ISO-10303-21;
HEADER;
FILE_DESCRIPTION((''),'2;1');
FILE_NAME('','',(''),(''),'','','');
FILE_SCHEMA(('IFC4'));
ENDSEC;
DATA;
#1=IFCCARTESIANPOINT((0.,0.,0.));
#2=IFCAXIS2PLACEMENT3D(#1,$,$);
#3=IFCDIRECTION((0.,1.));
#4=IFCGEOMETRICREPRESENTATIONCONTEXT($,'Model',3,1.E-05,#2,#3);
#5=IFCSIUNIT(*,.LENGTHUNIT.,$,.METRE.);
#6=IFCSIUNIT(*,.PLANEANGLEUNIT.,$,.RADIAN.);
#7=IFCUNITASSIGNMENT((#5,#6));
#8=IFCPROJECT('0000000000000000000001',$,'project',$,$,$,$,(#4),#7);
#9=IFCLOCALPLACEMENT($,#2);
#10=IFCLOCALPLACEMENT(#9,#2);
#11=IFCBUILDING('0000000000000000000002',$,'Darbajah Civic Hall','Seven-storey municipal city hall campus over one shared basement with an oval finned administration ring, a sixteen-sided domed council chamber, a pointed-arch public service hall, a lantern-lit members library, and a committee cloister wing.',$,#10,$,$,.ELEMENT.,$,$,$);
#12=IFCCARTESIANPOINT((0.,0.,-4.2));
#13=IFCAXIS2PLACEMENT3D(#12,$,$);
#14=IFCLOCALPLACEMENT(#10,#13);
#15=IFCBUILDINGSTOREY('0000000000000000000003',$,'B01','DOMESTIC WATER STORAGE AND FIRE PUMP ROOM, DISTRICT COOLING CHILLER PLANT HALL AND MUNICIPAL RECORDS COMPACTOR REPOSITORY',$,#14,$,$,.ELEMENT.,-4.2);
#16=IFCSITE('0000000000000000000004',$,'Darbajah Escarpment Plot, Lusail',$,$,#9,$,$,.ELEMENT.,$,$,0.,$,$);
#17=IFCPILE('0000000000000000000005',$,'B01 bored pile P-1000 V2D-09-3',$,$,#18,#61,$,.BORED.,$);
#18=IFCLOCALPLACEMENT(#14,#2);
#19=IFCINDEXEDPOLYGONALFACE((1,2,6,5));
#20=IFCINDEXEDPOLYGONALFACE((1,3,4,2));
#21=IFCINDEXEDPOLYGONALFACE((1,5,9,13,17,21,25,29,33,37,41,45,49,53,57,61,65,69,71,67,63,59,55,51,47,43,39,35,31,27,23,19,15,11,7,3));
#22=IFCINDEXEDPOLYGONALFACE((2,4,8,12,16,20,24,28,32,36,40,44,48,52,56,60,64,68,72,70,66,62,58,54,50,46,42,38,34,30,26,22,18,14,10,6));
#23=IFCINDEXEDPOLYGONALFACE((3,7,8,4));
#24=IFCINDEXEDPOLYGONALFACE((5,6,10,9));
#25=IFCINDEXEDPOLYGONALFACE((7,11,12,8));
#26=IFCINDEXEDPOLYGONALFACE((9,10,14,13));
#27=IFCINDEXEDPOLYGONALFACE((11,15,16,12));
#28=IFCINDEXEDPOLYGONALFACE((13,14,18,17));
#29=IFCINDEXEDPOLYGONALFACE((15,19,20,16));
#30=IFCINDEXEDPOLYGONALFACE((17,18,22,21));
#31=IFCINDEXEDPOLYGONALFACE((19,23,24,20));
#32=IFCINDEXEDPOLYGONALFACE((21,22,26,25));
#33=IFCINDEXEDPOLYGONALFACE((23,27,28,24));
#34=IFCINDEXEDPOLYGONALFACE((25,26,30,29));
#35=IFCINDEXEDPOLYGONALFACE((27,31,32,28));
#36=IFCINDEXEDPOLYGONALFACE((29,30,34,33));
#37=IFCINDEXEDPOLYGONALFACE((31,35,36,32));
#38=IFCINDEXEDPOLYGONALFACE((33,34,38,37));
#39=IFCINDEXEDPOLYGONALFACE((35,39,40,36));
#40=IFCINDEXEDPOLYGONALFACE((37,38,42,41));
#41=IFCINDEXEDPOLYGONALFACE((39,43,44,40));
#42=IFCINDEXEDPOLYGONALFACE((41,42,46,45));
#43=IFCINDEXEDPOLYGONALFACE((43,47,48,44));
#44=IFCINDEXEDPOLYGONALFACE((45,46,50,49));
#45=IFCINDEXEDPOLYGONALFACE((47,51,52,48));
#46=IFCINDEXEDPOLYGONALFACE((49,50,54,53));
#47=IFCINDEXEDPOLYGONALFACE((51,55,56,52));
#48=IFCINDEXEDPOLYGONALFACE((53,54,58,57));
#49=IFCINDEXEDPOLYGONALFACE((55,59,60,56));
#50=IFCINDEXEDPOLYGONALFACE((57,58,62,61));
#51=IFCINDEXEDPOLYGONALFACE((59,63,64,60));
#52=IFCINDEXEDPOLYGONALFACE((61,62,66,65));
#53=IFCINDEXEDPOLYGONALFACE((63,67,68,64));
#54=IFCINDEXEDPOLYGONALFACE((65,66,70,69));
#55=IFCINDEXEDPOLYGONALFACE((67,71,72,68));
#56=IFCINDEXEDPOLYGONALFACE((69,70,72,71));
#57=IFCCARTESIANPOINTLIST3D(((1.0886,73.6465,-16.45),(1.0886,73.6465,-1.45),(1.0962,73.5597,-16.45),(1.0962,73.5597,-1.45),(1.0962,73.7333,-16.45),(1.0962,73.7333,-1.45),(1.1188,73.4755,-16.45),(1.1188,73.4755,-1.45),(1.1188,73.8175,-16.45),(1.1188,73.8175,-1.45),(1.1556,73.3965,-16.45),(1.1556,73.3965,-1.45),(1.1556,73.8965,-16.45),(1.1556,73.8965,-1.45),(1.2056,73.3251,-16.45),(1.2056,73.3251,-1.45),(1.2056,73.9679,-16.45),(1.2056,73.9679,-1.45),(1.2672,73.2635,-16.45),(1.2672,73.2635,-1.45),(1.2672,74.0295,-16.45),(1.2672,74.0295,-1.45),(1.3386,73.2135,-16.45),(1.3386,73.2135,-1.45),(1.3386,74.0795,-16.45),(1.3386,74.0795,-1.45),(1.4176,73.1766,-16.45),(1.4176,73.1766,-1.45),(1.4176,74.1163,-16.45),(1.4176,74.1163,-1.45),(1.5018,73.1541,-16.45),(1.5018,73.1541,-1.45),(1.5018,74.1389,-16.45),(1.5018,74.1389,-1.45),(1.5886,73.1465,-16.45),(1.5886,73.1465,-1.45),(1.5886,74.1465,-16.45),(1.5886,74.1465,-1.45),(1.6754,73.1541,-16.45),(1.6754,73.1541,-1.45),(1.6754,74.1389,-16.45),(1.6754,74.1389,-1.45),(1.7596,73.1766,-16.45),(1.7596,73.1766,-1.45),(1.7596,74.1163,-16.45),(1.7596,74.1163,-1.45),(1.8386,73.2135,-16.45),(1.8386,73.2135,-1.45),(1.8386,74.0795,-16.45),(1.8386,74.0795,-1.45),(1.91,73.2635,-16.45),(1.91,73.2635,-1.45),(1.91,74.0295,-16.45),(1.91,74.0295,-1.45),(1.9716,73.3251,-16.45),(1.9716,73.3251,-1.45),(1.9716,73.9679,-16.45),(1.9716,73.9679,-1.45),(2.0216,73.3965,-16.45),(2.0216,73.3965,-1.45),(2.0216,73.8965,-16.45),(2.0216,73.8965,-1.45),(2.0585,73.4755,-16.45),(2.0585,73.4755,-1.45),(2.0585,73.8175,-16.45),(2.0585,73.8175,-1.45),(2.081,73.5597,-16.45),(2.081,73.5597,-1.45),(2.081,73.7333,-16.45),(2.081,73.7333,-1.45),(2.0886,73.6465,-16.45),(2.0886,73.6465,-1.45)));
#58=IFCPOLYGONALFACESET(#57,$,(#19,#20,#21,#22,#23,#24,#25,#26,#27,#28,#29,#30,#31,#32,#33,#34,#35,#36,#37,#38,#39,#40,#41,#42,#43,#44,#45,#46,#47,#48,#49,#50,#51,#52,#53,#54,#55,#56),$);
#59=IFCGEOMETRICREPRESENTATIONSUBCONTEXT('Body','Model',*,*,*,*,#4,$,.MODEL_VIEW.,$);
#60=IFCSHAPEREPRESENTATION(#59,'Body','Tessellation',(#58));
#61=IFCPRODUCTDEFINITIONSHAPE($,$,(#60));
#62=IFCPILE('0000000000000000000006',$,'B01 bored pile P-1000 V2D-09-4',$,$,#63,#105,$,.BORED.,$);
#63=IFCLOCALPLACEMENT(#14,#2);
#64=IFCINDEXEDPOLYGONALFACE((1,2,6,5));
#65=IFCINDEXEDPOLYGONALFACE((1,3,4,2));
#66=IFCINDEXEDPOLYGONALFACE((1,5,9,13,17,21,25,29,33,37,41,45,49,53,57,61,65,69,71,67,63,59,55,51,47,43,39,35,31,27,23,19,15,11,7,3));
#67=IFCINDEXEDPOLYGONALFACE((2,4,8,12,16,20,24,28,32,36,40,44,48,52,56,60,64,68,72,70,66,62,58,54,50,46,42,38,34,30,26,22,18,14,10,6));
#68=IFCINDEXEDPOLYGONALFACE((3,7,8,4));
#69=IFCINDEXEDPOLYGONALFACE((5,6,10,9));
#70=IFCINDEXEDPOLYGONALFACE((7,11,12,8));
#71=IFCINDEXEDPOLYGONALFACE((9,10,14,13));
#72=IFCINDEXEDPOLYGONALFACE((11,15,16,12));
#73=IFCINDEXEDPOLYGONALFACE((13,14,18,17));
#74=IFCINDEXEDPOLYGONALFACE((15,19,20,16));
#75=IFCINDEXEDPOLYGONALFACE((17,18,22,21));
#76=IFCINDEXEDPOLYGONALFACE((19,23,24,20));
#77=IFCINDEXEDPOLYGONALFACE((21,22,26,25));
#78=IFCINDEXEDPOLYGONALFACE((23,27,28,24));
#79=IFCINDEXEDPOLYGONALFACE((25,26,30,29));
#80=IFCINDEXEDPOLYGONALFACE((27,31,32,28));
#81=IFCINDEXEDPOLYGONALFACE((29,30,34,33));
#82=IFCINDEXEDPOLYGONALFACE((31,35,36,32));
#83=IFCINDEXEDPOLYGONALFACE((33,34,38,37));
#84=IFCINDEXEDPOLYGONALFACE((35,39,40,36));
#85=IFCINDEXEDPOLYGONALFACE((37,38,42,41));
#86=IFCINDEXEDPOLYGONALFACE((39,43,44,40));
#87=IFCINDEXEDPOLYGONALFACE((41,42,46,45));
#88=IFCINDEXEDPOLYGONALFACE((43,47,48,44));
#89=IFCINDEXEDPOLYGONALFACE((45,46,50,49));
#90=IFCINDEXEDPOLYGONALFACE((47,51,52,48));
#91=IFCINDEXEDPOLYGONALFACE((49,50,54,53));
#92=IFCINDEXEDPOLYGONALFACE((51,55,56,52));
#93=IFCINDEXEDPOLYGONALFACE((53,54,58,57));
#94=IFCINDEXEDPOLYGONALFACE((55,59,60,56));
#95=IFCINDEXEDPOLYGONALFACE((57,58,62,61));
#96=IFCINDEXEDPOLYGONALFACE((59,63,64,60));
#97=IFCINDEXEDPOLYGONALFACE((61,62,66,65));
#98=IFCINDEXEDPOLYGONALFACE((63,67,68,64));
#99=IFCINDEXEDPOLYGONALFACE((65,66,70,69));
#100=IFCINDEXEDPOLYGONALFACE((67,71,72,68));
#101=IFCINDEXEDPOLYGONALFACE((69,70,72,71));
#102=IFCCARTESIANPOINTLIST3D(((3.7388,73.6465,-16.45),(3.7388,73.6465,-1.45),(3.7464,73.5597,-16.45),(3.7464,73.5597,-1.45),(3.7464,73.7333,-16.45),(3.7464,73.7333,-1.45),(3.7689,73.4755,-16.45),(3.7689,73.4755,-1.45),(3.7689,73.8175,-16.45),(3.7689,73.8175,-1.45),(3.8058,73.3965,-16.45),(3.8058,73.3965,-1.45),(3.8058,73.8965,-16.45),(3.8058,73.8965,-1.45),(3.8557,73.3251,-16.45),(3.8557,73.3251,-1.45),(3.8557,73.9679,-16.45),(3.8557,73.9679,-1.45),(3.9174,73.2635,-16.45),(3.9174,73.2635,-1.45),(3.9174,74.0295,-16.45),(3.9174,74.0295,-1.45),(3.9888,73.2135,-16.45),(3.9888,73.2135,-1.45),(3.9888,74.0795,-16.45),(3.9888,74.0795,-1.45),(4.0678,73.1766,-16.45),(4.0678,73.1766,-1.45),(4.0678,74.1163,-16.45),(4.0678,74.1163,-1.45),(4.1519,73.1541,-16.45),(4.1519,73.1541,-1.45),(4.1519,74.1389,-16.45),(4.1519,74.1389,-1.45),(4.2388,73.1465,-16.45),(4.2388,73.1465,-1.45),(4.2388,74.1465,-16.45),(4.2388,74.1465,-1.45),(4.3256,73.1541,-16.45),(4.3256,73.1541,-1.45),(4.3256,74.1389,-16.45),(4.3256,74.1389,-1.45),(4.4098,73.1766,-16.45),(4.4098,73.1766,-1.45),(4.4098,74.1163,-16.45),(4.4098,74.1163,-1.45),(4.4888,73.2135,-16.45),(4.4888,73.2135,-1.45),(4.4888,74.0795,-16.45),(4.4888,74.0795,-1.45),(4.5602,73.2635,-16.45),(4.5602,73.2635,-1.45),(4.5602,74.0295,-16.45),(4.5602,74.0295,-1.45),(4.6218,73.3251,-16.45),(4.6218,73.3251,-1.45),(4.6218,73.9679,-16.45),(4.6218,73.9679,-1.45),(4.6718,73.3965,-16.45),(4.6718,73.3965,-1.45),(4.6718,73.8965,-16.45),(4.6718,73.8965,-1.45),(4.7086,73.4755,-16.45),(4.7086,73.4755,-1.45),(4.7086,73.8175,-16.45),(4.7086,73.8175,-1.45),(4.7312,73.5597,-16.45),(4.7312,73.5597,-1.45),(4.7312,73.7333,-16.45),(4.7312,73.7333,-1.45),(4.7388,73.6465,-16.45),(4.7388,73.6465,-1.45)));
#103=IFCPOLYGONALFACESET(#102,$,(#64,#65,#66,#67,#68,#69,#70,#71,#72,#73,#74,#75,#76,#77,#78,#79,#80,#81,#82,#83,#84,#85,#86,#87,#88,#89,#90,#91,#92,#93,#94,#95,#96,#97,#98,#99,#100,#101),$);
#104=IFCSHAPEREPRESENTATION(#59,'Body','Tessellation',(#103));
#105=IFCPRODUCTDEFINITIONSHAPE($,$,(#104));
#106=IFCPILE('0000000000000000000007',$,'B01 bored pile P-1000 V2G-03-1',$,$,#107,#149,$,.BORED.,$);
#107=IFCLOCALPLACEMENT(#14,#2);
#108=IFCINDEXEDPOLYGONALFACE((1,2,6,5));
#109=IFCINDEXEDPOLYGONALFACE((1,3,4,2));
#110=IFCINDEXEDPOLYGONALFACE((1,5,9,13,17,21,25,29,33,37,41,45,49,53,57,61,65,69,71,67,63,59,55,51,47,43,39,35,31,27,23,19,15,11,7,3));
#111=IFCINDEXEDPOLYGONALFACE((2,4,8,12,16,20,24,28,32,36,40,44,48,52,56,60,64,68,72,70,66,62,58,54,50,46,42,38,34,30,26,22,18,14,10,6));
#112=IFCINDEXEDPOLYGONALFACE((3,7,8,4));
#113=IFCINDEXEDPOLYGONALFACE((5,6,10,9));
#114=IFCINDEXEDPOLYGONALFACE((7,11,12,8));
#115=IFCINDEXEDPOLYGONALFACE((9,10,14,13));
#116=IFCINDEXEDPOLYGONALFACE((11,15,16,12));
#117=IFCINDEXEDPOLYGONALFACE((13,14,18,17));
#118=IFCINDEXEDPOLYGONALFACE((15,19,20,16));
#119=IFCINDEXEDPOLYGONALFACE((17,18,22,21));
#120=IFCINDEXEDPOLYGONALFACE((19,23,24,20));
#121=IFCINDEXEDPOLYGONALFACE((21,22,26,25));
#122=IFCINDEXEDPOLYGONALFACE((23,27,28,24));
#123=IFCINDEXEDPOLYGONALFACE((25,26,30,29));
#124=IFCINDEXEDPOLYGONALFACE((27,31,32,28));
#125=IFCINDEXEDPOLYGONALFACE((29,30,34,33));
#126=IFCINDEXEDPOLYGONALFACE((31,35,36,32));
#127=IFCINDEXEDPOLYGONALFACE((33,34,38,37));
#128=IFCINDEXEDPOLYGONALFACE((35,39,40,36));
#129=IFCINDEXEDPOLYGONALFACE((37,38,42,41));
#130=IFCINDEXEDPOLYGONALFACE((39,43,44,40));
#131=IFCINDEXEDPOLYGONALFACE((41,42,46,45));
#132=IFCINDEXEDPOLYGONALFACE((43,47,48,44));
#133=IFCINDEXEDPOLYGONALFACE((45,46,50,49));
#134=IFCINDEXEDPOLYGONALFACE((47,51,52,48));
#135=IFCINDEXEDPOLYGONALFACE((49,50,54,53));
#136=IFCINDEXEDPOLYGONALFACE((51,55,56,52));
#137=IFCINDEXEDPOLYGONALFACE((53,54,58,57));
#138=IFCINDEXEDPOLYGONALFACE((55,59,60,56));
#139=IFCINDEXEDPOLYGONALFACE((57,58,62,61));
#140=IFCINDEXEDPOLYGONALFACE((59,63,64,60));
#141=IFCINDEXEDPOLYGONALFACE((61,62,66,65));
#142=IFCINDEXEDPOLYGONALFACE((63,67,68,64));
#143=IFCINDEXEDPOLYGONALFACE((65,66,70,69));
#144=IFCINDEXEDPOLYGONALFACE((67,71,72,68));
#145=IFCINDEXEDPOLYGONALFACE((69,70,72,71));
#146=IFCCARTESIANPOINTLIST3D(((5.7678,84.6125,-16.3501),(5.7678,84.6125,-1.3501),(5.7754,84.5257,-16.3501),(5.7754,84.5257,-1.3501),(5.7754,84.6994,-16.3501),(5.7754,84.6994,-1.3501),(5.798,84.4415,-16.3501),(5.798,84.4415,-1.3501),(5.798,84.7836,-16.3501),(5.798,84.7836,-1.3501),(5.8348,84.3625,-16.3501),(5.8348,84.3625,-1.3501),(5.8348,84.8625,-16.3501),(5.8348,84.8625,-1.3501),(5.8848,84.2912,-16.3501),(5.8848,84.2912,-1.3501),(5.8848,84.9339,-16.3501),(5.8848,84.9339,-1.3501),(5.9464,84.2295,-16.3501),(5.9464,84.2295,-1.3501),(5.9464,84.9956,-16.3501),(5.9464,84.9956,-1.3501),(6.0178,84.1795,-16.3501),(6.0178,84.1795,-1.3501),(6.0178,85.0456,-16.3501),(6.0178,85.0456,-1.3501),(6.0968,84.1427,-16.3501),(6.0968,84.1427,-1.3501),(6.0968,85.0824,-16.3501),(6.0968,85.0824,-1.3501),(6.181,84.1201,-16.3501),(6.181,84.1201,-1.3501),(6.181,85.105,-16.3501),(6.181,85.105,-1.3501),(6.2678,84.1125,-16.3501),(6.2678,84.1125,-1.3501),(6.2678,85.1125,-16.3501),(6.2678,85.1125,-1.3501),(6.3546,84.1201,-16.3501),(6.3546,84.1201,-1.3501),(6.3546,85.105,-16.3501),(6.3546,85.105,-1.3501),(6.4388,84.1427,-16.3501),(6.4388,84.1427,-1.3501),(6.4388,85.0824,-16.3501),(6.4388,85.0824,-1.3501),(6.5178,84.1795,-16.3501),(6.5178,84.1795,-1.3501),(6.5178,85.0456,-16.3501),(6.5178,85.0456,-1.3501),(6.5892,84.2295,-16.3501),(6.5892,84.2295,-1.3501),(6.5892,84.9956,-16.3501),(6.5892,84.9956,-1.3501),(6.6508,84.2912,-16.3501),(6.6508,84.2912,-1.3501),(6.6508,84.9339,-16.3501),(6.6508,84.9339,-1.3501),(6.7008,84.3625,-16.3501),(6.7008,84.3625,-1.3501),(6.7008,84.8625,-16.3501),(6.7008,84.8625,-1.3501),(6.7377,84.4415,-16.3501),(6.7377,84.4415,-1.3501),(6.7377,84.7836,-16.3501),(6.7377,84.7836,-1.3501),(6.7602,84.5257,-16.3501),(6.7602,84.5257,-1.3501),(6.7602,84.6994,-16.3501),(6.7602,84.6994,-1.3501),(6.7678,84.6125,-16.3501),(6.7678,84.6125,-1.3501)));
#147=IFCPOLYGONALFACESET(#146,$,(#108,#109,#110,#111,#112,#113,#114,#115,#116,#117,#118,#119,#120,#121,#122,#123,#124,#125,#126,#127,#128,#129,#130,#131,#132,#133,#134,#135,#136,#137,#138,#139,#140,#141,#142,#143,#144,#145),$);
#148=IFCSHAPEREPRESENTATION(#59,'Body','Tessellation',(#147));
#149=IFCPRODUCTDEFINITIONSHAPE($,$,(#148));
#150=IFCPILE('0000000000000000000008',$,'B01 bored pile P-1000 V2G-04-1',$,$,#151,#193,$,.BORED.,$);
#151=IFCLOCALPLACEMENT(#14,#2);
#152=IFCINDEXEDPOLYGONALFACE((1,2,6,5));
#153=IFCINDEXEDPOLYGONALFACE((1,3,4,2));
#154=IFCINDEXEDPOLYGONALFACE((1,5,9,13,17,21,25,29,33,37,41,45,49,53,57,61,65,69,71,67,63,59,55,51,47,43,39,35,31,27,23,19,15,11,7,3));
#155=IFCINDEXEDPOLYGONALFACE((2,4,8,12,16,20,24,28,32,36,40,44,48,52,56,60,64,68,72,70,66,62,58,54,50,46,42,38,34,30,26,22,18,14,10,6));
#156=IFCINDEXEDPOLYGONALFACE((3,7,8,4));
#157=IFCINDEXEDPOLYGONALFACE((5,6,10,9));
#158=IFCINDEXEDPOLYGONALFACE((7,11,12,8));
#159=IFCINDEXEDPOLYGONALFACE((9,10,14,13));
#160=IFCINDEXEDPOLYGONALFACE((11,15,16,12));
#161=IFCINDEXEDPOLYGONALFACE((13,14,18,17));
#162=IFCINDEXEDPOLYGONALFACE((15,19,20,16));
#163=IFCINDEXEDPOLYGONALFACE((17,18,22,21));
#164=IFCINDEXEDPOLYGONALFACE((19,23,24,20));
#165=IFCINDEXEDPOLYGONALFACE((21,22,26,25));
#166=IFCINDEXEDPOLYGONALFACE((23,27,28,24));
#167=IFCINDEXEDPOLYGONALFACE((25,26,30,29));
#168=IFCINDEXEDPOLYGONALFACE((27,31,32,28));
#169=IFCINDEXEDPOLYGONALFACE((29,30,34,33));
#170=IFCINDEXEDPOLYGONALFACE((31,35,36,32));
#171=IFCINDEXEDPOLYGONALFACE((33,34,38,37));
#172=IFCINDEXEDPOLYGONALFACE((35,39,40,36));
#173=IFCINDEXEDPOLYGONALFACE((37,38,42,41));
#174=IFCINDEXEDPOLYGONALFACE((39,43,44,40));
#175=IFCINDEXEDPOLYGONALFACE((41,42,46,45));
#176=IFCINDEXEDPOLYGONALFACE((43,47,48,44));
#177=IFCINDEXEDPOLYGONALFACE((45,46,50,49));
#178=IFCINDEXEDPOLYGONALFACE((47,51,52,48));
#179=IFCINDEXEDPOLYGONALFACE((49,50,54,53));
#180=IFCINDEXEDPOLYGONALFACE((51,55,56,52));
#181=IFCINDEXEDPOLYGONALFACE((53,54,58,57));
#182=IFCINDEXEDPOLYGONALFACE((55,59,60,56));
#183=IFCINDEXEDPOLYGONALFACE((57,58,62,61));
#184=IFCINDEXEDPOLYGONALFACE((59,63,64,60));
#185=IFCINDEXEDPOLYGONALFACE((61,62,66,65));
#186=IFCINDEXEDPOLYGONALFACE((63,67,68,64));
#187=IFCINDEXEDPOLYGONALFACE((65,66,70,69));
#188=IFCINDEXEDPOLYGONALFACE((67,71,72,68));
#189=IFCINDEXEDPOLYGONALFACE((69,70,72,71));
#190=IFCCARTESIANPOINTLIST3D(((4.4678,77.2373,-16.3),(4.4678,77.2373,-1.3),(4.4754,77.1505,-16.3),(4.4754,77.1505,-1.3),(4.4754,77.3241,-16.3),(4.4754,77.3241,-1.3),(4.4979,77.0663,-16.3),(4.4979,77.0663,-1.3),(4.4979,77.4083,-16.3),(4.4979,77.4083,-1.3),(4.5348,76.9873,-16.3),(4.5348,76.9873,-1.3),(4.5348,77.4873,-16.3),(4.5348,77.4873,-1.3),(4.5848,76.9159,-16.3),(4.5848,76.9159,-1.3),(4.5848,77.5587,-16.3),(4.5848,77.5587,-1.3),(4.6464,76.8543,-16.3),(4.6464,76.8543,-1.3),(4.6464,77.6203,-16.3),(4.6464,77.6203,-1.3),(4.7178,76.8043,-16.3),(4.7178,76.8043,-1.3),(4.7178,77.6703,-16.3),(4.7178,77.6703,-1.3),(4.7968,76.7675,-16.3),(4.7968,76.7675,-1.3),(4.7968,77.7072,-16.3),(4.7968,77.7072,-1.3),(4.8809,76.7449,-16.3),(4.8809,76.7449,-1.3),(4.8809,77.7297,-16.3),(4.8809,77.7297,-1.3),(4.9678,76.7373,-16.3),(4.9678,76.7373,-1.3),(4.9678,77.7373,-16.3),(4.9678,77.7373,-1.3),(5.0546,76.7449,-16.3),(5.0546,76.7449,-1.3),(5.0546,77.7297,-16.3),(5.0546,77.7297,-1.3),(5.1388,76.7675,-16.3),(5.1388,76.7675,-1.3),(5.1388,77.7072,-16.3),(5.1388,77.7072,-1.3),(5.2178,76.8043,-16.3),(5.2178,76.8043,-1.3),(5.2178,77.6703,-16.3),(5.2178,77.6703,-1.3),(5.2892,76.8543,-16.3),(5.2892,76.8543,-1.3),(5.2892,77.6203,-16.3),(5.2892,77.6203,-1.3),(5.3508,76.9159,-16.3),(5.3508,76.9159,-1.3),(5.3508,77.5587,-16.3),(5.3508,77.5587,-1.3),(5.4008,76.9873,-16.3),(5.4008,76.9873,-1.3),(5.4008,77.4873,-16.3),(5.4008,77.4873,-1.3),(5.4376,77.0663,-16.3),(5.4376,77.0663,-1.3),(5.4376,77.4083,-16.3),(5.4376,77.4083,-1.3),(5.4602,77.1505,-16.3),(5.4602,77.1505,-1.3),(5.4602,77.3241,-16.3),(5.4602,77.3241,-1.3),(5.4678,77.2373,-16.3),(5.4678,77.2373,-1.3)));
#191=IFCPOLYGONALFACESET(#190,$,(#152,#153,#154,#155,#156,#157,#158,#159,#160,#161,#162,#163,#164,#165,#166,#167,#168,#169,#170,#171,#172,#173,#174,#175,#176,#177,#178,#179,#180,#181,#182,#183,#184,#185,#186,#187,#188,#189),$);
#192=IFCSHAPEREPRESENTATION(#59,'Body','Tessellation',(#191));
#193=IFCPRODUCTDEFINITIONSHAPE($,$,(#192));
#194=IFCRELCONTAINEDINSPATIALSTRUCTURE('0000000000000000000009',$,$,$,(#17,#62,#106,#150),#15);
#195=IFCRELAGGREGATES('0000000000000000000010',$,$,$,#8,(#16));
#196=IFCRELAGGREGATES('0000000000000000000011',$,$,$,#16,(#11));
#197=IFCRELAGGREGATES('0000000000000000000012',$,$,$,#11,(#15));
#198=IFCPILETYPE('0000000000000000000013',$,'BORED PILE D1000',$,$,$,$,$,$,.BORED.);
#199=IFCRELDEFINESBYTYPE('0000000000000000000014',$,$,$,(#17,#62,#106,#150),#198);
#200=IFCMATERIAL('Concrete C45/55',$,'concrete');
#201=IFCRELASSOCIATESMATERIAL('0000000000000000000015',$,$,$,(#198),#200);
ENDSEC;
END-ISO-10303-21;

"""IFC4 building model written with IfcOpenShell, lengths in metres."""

from ifc_helpers import new_model, si_unit, direction, frame, origin, origin_2d, place, context, subcontext, project, spatial, circle, extrude, material, material_profile, profile_set, type_object, element, save


model = new_model("IFC4")

# Units and contexts
model_context = context("Model", 3, precision=1e-05, world=origin(), true_north=direction((0.0, 1.0)))
body_context = subcontext(model_context, "Body", "Model", "MODEL_VIEW")
ifc_project = project(units=[si_unit("LENGTHUNIT", "METRE"), si_unit("PLANEANGLEUNIT", "RADIAN")], contexts=[model_context])

# Site, building, storey
site_placement = place(None, origin())
site = spatial("IfcSite", under=ifc_project, at=site_placement, Name="Darbajah Escarpment Plot, Lusail", CompositionType="ELEMENT", RefElevation=0.0)
building_placement = place(site_placement, origin())
building = spatial("IfcBuilding", under=site, at=building_placement, Name="Darbajah Civic Hall", Description="Seven-storey municipal city hall campus over one shared basement with an oval finned administration ring, a sixteen-sided domed council chamber, a pointed-arch public service hall, a lantern-lit members library, and a committee cloister wing.", CompositionType="ELEMENT")
storey_placement = place(building_placement, frame((0.0, 0.0, -4.2)))
storey = spatial("IfcBuildingStorey", under=building, at=storey_placement, Name="B01", Description="DOMESTIC WATER STORAGE AND FIRE PUMP ROOM, DISTRICT COOLING CHILLER PLANT HALL AND MUNICIPAL RECORDS COMPACTOR REPOSITORY", CompositionType="ELEMENT", Elevation=-4.2)

# Piles
ifc_material_1 = material(Name="Concrete C45/55", Category="concrete")
ifc_material_profile_1 = material_profile(ifc_material_1, circle(Radius=0.5, at=origin_2d()), Name="BORED PILE D1000")
ifc_profile_set_1 = profile_set([ifc_material_profile_1], Name="Concrete C45/55")
pile_type = type_object("IfcPileType", Name="BORED PILE D1000", PredefinedType="BORED", material=ifc_profile_set_1)
for number, where, z_axis, x_axis, name in (
    (1, (1.5886, 73.6465, -1.45), (0.0, 0.0, -1.0), (1.0, 0.0, 0.0), "B01 bored pile P-1000 V2D-09-3"),
    (2, (4.2388, 73.6465, -1.45), (0.0, 0.0, -1.0), (1.0, 0.0, 0.0), "B01 bored pile P-1000 V2D-09-4"),
    (3, (6.2678, 84.6125, -1.3501), (0.0, 0.0, -1.0), (1.0, 0.0, 0.0), "B01 bored pile P-1000 V2G-03-1"),
    (4, (4.9678, 77.2373, -1.3), (0.0, 0.0, -1.0), (1.0, 0.0, 0.0), "B01 bored pile P-1000 V2G-04-1"),
):
    element("IfcPile", number, at=place(storey_placement, frame(where, z_axis=z_axis, x_axis=x_axis)), inside=storey, type_object=pile_type, Name=name, PredefinedType="BORED", context=body_context, shape_type="SweptSolid", body=[
        extrude(circle(Radius=0.5, at=origin_2d()), origin(), (0.0, 0.0, 1.0), 15.0),
    ])

save(model, "model.ifc")
